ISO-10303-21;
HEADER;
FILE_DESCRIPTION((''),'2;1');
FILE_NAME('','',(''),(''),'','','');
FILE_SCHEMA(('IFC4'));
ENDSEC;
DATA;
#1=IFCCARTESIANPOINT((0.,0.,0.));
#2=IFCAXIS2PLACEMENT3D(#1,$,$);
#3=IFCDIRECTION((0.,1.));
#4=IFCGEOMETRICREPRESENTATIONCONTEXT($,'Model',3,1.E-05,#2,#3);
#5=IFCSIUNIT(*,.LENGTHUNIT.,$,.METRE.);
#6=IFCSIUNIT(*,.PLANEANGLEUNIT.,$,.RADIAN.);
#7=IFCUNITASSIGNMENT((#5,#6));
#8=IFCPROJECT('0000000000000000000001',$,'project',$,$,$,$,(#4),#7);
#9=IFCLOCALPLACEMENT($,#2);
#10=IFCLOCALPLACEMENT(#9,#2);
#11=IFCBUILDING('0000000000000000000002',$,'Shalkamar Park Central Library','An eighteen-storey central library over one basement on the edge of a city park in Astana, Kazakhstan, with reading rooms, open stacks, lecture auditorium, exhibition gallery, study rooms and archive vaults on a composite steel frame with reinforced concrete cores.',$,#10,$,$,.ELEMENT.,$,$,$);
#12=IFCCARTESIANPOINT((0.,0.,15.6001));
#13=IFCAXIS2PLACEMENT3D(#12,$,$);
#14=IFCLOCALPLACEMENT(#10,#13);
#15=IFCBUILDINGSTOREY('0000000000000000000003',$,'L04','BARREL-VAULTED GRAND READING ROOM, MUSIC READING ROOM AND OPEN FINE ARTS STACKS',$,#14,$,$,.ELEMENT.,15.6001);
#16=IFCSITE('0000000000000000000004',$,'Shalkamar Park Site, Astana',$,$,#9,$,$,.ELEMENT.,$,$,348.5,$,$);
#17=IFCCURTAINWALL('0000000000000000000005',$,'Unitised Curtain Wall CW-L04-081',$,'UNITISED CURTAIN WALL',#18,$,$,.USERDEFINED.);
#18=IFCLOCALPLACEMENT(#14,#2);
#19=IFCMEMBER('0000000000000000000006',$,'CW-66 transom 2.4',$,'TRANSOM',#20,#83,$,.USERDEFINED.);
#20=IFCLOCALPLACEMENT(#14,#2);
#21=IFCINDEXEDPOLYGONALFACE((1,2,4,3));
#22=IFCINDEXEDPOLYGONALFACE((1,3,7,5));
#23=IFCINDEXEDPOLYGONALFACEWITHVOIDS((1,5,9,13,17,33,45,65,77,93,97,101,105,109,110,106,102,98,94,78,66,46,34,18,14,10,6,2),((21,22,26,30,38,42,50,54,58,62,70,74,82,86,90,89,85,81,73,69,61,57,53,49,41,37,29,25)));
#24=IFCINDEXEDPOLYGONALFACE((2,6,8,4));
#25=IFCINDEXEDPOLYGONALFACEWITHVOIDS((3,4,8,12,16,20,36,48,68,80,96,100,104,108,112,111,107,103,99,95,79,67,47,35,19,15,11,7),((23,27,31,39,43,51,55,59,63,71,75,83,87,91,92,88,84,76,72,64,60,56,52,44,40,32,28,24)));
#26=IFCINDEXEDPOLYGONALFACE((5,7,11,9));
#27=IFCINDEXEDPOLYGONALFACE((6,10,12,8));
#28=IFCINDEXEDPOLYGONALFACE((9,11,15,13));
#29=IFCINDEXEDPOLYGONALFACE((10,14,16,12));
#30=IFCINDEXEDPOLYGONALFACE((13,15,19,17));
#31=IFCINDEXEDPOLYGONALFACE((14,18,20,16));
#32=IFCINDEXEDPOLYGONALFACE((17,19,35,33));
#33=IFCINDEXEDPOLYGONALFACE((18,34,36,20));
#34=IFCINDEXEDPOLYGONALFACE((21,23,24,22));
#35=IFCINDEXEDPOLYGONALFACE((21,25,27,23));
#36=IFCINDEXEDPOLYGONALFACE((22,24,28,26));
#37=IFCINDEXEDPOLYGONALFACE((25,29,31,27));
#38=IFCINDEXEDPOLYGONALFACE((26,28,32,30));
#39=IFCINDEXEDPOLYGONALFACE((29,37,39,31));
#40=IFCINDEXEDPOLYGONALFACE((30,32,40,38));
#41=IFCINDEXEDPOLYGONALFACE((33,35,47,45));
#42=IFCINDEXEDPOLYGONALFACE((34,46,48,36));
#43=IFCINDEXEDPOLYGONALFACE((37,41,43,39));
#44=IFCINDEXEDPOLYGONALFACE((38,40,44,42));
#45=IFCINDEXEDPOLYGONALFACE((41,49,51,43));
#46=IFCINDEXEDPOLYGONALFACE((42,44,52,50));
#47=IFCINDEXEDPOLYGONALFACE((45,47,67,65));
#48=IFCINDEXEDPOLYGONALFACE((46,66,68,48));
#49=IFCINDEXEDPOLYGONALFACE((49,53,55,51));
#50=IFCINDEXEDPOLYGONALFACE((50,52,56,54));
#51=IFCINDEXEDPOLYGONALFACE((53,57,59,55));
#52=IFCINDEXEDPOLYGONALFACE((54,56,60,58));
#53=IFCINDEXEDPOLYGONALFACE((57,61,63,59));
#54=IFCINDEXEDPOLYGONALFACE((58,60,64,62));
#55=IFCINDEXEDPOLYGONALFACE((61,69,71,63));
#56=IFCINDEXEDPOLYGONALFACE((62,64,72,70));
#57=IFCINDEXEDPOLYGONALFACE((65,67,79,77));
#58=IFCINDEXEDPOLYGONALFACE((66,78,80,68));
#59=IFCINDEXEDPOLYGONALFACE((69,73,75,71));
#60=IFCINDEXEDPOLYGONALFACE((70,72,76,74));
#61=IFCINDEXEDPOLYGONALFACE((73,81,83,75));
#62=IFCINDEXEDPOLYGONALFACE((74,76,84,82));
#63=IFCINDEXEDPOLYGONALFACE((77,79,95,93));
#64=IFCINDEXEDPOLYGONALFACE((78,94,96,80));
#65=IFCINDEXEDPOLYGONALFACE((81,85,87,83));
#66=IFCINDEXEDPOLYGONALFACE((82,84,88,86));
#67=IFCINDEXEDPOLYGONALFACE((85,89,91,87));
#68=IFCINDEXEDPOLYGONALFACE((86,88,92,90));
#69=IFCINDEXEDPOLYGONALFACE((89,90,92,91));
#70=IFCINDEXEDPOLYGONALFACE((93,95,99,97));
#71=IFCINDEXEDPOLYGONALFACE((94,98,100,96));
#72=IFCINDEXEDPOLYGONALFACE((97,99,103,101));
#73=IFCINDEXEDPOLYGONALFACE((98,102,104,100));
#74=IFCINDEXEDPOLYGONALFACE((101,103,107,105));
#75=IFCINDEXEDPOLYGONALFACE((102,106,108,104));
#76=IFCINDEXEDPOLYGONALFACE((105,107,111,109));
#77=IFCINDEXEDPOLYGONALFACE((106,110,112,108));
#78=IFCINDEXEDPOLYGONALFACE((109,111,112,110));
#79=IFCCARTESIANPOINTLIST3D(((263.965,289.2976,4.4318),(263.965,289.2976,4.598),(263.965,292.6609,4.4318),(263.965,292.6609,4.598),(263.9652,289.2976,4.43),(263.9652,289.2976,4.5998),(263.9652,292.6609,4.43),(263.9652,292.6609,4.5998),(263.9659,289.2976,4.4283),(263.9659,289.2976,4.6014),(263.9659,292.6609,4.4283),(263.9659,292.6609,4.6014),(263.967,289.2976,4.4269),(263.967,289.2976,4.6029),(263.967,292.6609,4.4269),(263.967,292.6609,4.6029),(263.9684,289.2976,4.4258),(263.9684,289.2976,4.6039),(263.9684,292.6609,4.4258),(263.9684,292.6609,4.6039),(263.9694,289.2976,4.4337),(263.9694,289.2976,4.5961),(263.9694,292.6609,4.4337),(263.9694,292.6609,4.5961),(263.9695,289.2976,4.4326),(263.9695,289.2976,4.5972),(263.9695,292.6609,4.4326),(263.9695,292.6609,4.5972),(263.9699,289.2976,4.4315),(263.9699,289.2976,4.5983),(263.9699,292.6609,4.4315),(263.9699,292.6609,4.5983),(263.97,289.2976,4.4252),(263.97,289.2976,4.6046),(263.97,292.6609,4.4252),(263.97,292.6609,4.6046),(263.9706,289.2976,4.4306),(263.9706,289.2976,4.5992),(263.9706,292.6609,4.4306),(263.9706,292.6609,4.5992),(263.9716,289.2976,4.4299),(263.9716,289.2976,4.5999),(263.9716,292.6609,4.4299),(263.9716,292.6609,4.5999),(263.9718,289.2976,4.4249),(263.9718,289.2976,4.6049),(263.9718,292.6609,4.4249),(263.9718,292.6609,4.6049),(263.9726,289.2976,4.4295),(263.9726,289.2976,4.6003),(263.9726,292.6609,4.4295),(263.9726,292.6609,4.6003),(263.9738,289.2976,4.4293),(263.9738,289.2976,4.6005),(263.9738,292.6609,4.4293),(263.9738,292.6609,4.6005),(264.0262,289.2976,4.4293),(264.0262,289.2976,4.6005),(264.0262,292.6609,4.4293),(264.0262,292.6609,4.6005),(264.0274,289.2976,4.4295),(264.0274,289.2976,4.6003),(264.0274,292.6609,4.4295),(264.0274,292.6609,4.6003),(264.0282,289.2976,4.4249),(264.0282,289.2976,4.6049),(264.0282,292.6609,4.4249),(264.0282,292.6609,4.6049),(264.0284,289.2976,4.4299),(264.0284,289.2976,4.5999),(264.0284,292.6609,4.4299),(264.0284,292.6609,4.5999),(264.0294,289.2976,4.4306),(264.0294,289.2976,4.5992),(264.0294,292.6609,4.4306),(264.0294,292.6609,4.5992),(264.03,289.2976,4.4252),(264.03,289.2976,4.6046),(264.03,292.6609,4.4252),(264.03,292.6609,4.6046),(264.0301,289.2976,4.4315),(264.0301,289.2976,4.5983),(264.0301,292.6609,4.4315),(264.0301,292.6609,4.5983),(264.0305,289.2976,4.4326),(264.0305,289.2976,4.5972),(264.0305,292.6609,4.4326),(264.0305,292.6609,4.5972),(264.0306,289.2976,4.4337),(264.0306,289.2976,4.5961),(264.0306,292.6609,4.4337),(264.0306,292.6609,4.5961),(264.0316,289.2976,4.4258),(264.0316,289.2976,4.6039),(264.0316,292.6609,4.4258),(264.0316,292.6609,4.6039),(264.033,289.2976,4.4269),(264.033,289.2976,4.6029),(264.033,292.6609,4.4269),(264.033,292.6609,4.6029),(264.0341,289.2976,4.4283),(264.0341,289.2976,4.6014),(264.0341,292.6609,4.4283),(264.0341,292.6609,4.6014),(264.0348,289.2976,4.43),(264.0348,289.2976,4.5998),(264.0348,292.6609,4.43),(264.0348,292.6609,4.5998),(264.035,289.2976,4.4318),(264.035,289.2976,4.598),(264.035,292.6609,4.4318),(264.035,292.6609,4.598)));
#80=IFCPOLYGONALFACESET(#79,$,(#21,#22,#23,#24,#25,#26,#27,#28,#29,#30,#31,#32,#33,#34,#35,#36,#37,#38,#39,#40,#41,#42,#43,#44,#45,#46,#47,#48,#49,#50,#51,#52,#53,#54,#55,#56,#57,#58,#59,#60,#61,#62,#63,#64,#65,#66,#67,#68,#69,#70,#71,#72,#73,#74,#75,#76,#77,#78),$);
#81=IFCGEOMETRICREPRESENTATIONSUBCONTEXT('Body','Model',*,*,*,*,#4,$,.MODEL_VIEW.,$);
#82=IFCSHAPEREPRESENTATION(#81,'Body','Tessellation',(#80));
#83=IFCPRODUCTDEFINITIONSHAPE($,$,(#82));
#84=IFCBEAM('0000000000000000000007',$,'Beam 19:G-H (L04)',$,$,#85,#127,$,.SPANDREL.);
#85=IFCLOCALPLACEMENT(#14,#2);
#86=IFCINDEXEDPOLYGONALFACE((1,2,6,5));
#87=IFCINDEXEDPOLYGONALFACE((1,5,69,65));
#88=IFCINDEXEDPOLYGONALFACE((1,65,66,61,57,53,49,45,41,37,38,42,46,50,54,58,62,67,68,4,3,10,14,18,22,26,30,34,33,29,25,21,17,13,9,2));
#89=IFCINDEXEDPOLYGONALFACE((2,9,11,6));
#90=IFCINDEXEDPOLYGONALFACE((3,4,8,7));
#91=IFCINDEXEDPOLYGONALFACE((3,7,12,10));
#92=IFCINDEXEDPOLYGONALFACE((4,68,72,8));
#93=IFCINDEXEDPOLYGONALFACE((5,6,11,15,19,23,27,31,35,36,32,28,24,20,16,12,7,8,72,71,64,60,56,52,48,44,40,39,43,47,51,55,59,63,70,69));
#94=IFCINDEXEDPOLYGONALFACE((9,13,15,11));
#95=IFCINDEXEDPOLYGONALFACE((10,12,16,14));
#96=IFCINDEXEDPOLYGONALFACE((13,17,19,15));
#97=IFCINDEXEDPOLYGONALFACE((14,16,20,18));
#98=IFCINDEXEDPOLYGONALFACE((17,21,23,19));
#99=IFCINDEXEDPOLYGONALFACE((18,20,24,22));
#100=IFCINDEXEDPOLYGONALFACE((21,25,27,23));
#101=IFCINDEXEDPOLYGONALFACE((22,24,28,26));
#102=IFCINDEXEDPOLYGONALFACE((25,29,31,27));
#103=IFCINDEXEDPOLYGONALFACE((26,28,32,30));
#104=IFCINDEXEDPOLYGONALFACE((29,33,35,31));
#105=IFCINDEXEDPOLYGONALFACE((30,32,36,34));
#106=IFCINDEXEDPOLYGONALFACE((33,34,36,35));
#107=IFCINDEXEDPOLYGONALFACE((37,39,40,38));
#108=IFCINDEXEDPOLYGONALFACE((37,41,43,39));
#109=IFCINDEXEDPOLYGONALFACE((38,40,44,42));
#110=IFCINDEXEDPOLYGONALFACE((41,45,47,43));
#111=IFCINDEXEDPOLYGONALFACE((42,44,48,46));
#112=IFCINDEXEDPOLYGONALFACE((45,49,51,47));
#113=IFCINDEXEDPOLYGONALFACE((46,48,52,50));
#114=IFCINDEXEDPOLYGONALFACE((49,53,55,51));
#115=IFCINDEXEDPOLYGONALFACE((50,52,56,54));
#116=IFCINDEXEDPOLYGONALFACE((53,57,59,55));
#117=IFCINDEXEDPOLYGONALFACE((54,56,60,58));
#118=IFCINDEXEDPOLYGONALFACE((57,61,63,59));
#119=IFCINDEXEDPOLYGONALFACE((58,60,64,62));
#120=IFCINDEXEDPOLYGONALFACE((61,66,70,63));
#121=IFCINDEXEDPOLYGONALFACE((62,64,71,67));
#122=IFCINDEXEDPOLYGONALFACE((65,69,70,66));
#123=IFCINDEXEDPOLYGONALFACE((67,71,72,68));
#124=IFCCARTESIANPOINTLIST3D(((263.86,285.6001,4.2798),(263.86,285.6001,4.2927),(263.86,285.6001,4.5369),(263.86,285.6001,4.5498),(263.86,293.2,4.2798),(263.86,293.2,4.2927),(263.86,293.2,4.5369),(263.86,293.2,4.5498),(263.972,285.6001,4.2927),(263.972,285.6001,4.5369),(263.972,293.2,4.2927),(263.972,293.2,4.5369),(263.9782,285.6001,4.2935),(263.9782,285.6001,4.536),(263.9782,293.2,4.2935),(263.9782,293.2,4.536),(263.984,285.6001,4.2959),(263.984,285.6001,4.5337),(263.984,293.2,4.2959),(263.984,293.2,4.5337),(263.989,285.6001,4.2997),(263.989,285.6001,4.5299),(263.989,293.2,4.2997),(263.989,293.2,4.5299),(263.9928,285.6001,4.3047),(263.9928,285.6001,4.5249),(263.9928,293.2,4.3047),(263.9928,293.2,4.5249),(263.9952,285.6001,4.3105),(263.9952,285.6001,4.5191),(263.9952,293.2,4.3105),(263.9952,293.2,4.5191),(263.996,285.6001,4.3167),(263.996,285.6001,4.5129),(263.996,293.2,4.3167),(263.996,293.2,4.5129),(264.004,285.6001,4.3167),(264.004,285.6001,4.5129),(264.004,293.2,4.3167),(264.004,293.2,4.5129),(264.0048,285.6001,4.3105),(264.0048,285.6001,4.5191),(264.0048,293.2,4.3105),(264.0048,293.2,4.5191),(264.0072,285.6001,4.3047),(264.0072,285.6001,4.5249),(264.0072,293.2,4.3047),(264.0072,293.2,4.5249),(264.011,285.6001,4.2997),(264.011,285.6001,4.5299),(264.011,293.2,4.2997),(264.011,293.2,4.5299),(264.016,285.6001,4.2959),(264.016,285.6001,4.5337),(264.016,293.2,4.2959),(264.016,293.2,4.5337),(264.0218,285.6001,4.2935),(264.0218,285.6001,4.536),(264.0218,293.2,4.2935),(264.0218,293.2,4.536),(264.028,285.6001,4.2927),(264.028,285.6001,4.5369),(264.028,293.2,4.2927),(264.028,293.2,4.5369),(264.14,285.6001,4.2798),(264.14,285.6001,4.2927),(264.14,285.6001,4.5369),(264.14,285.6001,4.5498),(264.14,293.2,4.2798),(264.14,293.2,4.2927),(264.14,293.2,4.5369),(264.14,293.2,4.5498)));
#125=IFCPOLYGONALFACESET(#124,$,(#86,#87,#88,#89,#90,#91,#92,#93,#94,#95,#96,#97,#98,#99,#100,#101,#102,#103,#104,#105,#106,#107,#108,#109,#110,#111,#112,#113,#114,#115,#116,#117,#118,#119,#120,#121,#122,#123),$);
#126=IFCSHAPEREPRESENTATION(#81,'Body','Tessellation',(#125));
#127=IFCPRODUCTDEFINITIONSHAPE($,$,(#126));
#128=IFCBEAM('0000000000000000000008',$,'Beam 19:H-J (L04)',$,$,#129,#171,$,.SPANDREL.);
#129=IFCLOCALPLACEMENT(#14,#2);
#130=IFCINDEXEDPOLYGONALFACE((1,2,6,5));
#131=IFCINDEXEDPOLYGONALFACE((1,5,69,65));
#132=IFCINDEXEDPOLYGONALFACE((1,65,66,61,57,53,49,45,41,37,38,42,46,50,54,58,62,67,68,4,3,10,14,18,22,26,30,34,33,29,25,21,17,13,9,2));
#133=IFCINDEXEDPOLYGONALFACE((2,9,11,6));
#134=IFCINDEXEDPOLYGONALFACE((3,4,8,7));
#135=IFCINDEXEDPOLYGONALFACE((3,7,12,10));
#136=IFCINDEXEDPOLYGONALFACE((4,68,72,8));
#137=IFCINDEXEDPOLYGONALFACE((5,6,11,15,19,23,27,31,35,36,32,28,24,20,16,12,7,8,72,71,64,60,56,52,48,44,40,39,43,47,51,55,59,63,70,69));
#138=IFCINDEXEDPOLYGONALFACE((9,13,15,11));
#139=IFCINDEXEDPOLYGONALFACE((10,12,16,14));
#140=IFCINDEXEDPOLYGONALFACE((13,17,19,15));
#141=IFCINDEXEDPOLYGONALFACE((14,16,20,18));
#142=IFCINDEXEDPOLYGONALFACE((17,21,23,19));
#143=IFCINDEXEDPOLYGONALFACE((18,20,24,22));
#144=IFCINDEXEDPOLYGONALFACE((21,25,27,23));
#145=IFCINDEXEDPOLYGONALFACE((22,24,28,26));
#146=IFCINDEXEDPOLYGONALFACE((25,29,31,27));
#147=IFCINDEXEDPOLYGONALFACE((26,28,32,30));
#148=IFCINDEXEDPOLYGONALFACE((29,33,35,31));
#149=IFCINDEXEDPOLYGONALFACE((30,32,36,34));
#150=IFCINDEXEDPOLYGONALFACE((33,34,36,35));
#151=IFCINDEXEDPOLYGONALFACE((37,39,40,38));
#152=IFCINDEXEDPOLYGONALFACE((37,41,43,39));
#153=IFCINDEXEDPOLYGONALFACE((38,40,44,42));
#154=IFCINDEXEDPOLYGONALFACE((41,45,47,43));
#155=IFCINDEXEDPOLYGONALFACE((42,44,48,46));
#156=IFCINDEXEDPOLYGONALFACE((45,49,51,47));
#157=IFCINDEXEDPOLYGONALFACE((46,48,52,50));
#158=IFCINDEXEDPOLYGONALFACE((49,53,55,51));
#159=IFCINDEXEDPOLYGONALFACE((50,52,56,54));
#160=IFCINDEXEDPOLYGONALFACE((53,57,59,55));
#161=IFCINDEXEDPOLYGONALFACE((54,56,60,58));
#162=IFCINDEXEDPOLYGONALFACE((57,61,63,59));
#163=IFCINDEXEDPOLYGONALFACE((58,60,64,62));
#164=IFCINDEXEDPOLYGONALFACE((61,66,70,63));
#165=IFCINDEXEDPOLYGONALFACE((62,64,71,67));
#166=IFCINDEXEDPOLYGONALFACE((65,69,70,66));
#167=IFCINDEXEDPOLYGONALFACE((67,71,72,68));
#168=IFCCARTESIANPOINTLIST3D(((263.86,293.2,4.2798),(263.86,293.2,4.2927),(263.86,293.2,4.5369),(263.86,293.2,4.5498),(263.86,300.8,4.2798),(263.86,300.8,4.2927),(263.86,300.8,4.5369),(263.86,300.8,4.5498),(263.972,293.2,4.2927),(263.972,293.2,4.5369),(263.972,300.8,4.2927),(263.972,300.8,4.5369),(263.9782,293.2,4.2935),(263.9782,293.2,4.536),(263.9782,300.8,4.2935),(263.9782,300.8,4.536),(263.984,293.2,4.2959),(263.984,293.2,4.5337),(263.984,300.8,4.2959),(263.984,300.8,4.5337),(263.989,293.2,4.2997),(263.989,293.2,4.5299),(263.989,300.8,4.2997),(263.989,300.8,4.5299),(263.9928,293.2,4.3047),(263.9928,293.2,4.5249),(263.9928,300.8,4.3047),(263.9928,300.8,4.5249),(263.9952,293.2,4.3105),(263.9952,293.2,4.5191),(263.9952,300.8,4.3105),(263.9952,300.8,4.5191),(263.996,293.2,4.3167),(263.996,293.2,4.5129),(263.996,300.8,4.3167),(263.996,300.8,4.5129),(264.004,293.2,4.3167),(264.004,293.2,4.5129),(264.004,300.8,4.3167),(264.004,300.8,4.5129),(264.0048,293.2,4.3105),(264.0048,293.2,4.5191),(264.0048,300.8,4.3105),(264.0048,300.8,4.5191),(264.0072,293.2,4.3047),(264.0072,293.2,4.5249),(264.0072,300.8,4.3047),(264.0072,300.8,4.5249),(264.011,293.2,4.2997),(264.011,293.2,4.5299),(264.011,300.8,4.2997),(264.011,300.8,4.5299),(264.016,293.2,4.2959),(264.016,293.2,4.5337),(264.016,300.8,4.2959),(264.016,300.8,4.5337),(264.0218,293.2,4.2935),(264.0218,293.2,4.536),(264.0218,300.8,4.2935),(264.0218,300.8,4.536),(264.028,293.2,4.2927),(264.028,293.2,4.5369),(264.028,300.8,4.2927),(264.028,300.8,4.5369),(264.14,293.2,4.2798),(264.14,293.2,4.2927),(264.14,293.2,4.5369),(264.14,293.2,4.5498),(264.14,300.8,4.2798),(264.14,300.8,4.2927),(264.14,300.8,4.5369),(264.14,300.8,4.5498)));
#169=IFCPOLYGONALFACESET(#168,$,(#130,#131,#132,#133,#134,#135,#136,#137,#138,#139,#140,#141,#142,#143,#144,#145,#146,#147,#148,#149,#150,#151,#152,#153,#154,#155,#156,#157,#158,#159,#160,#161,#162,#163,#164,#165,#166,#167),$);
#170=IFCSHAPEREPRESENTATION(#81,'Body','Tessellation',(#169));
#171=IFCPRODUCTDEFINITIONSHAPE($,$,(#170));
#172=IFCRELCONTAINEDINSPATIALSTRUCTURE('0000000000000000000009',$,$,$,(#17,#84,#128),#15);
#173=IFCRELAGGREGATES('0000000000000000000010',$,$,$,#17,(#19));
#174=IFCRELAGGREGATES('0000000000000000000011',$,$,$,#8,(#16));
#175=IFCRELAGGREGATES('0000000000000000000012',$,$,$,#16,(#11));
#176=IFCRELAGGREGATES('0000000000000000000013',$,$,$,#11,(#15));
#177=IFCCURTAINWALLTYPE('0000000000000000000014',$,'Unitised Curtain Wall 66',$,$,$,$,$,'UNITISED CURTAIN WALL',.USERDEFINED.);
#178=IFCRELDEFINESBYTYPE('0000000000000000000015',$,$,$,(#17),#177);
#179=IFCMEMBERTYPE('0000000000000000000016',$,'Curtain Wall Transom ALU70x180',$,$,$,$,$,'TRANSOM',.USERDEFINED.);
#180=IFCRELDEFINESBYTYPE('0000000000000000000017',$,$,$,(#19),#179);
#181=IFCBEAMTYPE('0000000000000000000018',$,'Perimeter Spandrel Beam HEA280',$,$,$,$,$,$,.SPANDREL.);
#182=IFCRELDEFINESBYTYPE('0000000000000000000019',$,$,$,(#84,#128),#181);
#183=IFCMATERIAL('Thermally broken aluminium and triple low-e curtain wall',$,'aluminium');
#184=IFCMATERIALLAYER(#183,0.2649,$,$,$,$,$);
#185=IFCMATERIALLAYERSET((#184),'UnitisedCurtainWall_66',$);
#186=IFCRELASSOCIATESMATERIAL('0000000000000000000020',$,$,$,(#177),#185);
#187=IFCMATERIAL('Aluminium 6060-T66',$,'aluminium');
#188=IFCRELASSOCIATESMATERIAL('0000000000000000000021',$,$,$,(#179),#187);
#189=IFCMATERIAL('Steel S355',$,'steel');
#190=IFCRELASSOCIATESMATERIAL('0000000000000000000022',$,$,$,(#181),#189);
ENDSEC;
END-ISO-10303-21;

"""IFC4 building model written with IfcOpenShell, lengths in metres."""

from ifc_helpers import new_model, si_unit, direction, frame, origin, origin_2d, place, context, subcontext, project, spatial, hollow_rectangle, i_section, extrude, material, layer, layer_set, material_profile, profile_set, type_object, element, aggregate, save


model = new_model("IFC4")

# Units and contexts
model_context = context("Model", 3, precision=1e-05, world=origin(), true_north=direction((0.0, 1.0)))
body_context = subcontext(model_context, "Body", "Model", "MODEL_VIEW")
ifc_project = project(units=[si_unit("LENGTHUNIT", "METRE"), si_unit("PLANEANGLEUNIT", "RADIAN")], contexts=[model_context])

# Site, building, storey
site_placement = place(None, origin())
site = spatial("IfcSite", under=ifc_project, at=site_placement, Name="Shalkamar Park Site, Astana", CompositionType="ELEMENT", RefElevation=348.5)
building_placement = place(site_placement, origin())
building = spatial("IfcBuilding", under=site, at=building_placement, Name="Shalkamar Park Central Library", Description="An eighteen-storey central library over one basement on the edge of a city park in Astana, Kazakhstan, with reading rooms, open stacks, lecture auditorium, exhibition gallery, study rooms and archive vaults on a composite steel frame with reinforced concrete cores.", CompositionType="ELEMENT")
storey_placement = place(building_placement, frame((0.0, 0.0, 15.6001)))
storey = spatial("IfcBuildingStorey", under=building, at=storey_placement, Name="L04", Description="BARREL-VAULTED GRAND READING ROOM, MUSIC READING ROOM AND OPEN FINE ARTS STACKS", CompositionType="ELEMENT", Elevation=15.6001)

# Shared definitions
ifc_material_1 = material(Name="Steel S355", Category="steel")

# Curtain wall, member
ifc_material_2 = material(Name="Thermally broken aluminium and triple low-e curtain wall", Category="aluminium")
ifc_layer_1 = layer(ifc_material_2, 0.2649)
ifc_layer_set_1 = layer_set([ifc_layer_1], Name="UnitisedCurtainWall_66")
curtain_wall_type = type_object("IfcCurtainWallType", Name="Unitised Curtain Wall 66", ElementType="UNITISED CURTAIN WALL", PredefinedType="USERDEFINED", material=ifc_layer_set_1)
curtain_wall_placement = place(storey_placement, origin())
curtain_wall = element("IfcCurtainWall", 1, at=curtain_wall_placement, inside=storey, type_object=curtain_wall_type, Name="Unitised Curtain Wall CW-L04-081", ObjectType="UNITISED CURTAIN WALL", PredefinedType="USERDEFINED")
ifc_material_3 = material(Name="Aluminium 6060-T66", Category="aluminium")
ifc_material_profile_1 = material_profile(ifc_material_3, hollow_rectangle(XDim=0.0701, YDim=0.1799, WallThickness=0.0044, InnerFilletRadius=0.0044, OuterFilletRadius=0.0068, at=origin_2d()), Name="ALU 70x180x4.5")
ifc_profile_set_1 = profile_set([ifc_material_profile_1], Name="Aluminium 6060-T66")
member_type_1 = type_object("IfcMemberType", Name="Curtain Wall Transom ALU70x180", ElementType="TRANSOM", PredefinedType="USERDEFINED", material=ifc_profile_set_1)
member_1_placement = place(storey_placement, frame((264.0, 289.2976, 4.5149), z_axis=(0.0, 1.0, 0.0), x_axis=(-1.0, 0.0, 0.0)))
member_1 = element("IfcMember", 2, at=member_1_placement, type_object=member_type_1, Name="CW-66 transom 2.4", ObjectType="TRANSOM", PredefinedType="USERDEFINED", context=body_context, shape_type="SweptSolid", body=[
    extrude(hollow_rectangle(XDim=0.0701, YDim=0.1799, WallThickness=0.0044, InnerFilletRadius=0.0044, OuterFilletRadius=0.0068, at=origin_2d()), origin(), (0.0, 0.0, 1.0), 3.3633),
])

# Beams
ifc_material_profile_2 = material_profile(ifc_material_1, i_section(OverallWidth=0.28, OverallDepth=0.27, WebThickness=0.0081, FlangeThickness=0.0129, FilletRadius=0.0239, at=origin_2d()), Name="HEA 280")
ifc_profile_set_2 = profile_set([ifc_material_profile_2], Name="Steel S355")
beam_type_1 = type_object("IfcBeamType", Name="Perimeter Spandrel Beam HEA280", PredefinedType="SPANDREL", material=ifc_profile_set_2)
beam_1_placement = place(storey_placement, frame((264.0, 285.6001, 4.4148), z_axis=(0.0, 1.0, 0.0), x_axis=(-1.0, 0.0, 0.0)))
element("IfcBeam", 3, at=beam_1_placement, inside=storey, type_object=beam_type_1, Name="Beam 19:G-H (L04)", PredefinedType="SPANDREL", context=body_context, shape_type="SweptSolid", body=[
    extrude(i_section(OverallWidth=0.28, OverallDepth=0.27, WebThickness=0.0081, FlangeThickness=0.0129, FilletRadius=0.0239, at=origin_2d()), origin(), (0.0, 0.0, 1.0), 7.5999),
])
beam_2_placement = place(storey_placement, frame((264.0, 293.2, 4.4148), z_axis=(0.0, 1.0, 0.0), x_axis=(-1.0, 0.0, 0.0)))
element("IfcBeam", 4, at=beam_2_placement, inside=storey, type_object=beam_type_1, Name="Beam 19:H-J (L04)", PredefinedType="SPANDREL", context=body_context, shape_type="SweptSolid", body=[
    extrude(i_section(OverallWidth=0.28, OverallDepth=0.27, WebThickness=0.0081, FlangeThickness=0.0129, FilletRadius=0.0239, at=origin_2d()), origin(), (0.0, 0.0, 1.0), 7.6001),
])

aggregate(curtain_wall, [member_1])

save(model, "model.ifc")
